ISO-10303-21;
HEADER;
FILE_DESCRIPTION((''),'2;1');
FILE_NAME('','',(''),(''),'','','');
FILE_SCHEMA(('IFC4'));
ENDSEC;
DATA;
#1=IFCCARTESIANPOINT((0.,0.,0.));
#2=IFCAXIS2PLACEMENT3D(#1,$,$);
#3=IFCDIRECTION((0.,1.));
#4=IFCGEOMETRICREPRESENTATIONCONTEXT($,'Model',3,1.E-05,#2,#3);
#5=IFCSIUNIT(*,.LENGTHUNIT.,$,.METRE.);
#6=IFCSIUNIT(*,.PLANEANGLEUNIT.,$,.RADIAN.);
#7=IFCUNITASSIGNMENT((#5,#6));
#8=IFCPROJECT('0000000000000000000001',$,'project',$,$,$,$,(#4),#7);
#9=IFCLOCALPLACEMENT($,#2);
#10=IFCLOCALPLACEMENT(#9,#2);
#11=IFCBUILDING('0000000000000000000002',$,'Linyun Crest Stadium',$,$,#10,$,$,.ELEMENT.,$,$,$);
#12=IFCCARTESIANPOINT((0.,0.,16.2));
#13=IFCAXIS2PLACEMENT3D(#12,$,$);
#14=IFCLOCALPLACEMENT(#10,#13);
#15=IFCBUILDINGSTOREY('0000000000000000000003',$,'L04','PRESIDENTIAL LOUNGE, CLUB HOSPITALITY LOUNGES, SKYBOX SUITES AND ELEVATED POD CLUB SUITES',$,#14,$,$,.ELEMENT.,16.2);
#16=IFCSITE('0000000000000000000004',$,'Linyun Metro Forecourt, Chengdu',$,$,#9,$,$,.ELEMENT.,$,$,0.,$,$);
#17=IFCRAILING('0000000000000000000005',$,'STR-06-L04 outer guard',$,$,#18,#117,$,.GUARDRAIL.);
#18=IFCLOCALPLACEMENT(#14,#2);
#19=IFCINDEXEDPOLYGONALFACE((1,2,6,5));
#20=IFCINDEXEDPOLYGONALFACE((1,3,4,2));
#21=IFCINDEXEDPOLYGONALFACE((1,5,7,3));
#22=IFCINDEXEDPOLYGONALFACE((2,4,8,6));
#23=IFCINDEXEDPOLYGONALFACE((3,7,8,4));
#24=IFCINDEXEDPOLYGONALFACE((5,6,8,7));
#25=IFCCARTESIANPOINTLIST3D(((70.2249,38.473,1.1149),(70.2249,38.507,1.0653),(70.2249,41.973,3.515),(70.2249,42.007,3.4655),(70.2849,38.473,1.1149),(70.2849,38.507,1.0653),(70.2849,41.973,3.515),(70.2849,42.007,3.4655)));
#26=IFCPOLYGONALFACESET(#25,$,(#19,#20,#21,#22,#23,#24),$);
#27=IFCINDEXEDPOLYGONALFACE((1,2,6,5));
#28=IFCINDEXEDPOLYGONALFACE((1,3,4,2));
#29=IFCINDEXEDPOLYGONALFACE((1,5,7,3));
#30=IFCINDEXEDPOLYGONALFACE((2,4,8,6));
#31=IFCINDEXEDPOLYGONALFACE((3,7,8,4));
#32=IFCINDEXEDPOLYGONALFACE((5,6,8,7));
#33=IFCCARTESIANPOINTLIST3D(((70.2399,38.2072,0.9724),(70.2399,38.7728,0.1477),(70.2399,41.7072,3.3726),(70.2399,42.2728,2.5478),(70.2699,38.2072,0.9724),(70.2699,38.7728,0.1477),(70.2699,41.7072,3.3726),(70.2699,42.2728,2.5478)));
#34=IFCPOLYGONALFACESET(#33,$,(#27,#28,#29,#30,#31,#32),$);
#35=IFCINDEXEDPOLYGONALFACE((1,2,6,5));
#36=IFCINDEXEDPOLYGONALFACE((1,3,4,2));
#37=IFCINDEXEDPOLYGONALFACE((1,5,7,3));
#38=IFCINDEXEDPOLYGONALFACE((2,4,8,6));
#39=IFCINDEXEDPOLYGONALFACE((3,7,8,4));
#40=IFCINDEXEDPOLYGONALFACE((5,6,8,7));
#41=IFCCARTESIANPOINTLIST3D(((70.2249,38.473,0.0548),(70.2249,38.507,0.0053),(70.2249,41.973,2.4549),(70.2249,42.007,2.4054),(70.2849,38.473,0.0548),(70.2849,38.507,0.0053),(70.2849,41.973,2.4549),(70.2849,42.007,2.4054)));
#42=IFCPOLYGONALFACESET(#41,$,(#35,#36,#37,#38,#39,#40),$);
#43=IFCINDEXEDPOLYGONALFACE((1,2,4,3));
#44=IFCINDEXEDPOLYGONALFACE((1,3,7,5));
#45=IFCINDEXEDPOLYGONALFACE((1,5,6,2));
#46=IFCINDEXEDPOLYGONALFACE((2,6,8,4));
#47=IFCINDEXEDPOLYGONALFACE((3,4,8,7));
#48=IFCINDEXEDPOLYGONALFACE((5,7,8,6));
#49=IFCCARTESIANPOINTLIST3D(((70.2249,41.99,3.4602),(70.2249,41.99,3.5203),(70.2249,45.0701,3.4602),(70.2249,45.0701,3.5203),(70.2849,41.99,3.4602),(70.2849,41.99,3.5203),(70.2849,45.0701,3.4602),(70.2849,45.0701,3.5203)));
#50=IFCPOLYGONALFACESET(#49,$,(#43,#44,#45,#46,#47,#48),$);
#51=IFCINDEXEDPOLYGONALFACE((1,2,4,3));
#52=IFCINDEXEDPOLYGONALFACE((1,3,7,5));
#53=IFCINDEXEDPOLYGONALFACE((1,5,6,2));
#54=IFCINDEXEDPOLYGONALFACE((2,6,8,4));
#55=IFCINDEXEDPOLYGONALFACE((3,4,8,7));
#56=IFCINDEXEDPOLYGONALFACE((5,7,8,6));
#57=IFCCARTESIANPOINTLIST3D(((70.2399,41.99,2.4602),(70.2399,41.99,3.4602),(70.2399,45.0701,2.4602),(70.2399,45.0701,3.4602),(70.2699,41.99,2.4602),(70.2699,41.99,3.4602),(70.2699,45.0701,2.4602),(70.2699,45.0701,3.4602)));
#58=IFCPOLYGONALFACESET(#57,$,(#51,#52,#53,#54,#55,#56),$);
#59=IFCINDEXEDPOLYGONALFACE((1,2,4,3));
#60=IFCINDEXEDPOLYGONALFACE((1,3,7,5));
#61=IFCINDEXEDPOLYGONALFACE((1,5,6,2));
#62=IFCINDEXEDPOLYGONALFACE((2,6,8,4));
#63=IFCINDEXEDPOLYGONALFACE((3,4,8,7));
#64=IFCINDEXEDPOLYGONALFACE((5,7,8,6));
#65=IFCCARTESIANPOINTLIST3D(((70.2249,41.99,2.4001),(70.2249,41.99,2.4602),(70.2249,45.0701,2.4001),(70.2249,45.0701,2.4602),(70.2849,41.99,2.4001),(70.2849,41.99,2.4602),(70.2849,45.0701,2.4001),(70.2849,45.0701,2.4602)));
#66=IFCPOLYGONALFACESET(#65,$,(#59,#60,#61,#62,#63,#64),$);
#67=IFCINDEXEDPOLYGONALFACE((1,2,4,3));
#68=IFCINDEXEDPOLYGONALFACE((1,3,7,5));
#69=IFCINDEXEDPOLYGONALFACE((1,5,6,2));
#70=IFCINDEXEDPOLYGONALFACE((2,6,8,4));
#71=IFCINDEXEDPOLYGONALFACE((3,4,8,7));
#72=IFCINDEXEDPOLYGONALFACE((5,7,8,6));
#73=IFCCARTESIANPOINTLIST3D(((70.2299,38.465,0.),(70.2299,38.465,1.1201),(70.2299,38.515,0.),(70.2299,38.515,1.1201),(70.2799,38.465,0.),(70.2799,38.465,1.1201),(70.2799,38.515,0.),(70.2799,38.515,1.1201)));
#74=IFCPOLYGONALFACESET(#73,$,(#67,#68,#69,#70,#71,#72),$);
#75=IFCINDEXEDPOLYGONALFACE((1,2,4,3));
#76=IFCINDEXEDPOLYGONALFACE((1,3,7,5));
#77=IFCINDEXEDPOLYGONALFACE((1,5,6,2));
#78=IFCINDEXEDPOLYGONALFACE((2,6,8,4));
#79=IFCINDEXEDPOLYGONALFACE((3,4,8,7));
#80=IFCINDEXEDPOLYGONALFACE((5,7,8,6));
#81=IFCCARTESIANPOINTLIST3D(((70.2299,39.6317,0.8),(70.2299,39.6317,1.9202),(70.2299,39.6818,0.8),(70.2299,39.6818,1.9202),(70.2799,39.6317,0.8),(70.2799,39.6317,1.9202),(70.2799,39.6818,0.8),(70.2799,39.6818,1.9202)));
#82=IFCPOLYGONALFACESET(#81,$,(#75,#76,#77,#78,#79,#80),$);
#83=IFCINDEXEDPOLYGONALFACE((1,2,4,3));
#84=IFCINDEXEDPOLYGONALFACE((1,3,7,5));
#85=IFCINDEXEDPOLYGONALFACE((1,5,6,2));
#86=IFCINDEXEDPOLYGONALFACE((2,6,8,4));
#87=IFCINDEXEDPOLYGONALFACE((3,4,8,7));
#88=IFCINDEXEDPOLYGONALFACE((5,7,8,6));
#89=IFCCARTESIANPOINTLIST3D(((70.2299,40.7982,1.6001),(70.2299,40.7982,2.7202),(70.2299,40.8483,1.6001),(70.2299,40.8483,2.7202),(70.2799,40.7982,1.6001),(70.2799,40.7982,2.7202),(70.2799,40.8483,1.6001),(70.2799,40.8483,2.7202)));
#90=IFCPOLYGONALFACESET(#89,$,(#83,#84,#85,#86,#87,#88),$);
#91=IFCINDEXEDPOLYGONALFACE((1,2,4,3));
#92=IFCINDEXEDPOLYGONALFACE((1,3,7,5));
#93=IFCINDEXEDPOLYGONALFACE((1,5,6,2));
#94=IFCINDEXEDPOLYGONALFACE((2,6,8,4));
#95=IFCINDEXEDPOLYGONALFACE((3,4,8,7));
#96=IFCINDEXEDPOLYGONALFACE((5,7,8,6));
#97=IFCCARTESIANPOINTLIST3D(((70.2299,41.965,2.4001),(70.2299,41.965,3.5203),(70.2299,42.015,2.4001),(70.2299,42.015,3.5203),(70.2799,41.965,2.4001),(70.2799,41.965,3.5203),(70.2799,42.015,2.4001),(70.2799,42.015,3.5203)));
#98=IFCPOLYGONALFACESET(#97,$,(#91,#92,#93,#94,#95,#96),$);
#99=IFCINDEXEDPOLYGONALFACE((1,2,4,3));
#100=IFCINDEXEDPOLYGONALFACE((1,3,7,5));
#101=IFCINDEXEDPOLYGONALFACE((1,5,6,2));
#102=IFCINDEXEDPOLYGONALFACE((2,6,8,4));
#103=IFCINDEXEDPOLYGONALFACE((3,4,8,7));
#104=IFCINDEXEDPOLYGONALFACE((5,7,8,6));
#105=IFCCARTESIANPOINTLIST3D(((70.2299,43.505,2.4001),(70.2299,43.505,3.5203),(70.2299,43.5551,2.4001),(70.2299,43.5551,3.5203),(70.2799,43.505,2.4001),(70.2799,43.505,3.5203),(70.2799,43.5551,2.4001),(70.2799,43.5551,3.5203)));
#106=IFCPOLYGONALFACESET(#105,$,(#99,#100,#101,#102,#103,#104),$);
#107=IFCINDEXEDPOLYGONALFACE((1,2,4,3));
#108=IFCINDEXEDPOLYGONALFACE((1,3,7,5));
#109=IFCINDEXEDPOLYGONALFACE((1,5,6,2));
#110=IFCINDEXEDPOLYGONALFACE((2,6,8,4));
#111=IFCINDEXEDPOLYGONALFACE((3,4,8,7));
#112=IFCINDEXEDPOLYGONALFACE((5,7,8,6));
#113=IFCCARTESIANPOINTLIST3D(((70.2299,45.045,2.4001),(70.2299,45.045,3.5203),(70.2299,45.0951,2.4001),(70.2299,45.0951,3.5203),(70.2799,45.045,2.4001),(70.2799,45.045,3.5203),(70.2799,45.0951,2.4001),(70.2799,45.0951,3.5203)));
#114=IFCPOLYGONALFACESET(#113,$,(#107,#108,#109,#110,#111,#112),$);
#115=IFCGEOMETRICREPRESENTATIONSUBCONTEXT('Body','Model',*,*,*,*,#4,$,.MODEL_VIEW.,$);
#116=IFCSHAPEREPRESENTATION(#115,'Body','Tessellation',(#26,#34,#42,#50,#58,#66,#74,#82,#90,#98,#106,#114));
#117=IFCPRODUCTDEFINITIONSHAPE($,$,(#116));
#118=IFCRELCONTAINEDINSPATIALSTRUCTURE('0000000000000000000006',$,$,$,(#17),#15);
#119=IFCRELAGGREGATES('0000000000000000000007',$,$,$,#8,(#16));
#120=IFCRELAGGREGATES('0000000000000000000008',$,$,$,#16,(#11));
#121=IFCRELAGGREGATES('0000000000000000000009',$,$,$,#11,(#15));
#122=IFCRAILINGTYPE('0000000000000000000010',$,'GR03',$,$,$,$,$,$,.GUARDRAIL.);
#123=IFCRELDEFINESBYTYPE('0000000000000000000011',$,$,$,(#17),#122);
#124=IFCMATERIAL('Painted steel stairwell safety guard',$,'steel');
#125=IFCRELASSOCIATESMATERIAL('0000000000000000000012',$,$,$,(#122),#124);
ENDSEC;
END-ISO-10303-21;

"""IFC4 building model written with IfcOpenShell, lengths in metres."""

from ifc_helpers import new_model, si_unit, direction, frame, origin, origin_2d, place, context, subcontext, project, spatial, rectangle, extrude, material, type_object, element, save


model = new_model("IFC4")

# Units and contexts
model_context = context("Model", 3, precision=1e-05, world=origin(), true_north=direction((0.0, 1.0)))
body_context = subcontext(model_context, "Body", "Model", "MODEL_VIEW")
ifc_project = project(units=[si_unit("LENGTHUNIT", "METRE"), si_unit("PLANEANGLEUNIT", "RADIAN")], contexts=[model_context])

# Site, building, storey
site_placement = place(None, origin())
site = spatial("IfcSite", under=ifc_project, at=site_placement, Name="Linyun Metro Forecourt, Chengdu", CompositionType="ELEMENT", RefElevation=0.0)
building_placement = place(site_placement, origin())
building = spatial("IfcBuilding", under=site, at=building_placement, Name="Linyun Crest Stadium", CompositionType="ELEMENT")
storey_placement = place(building_placement, frame((0.0, 0.0, 16.2)))
storey = spatial("IfcBuildingStorey", under=building, at=storey_placement, Name="L04", Description="PRESIDENTIAL LOUNGE, CLUB HOSPITALITY LOUNGES, SKYBOX SUITES AND ELEVATED POD CLUB SUITES", CompositionType="ELEMENT", Elevation=16.2)

# Railing
ifc_material_1 = material(Name="Painted steel stairwell safety guard", Category="steel")
railing_type_1 = type_object("IfcRailingType", Name="GR03", PredefinedType="GUARDRAIL", material=ifc_material_1)
railing_1_placement = place(storey_placement, frame((70.2549, 38.49, 0.0)))
element("IfcRailing", 1, at=railing_1_placement, inside=storey, type_object=railing_type_1, Name="STR-06-L04 outer guard", PredefinedType="GUARDRAIL", context=body_context, shape_type="SweptSolid", body=[
    extrude(rectangle(XDim=0.0601, YDim=0.0601, at=origin_2d()), frame((0.0, 0.0, 1.0901), z_axis=(0.0, 0.824713, 0.565552), x_axis=(-1.0, 0.0, 0.0)), (0.0, 0.0, 1.0), 4.2439),
    extrude(rectangle(XDim=0.03, YDim=1.0, at=origin_2d()), frame((0.0, 0.0, 0.5601), z_axis=(0.0, 0.824713, 0.565552), x_axis=(-1.0, 0.0, 0.0)), (0.0, 0.0, 1.0), 4.2439),
    extrude(rectangle(XDim=0.0601, YDim=0.0601, at=origin_2d()), frame((0.0, 0.0, 0.03), z_axis=(0.0, 0.824713, 0.565552), x_axis=(-1.0, 0.0, 0.0)), (0.0, 0.0, 1.0), 4.2439),
    extrude(rectangle(XDim=0.0601, YDim=0.0601, at=origin_2d()), frame((0.0, 3.5, 3.4902), z_axis=(0.0, 1.0, 0.0), x_axis=(-1.0, 0.0, 0.0)), (0.0, 0.0, 1.0), 3.0801),
    extrude(rectangle(XDim=0.03, YDim=1.0, at=origin_2d()), frame((0.0, 3.5, 2.9602), z_axis=(0.0, 1.0, 0.0), x_axis=(-1.0, 0.0, 0.0)), (0.0, 0.0, 1.0), 3.0801),
    extrude(rectangle(XDim=0.0601, YDim=0.0601, at=origin_2d()), frame((0.0, 3.5, 2.4302), z_axis=(0.0, 1.0, 0.0), x_axis=(-1.0, 0.0, 0.0)), (0.0, 0.0, 1.0), 3.0801),
    extrude(rectangle(XDim=0.05, YDim=0.05, at=origin_2d()), origin(), (0.0, 0.0, 1.0), 1.1201),
    extrude(rectangle(XDim=0.05, YDim=0.05, at=origin_2d()), frame((0.0, 1.1667, 0.8)), (0.0, 0.0, 1.0), 1.1201),
    extrude(rectangle(XDim=0.05, YDim=0.05, at=origin_2d()), frame((0.0, 2.3333, 1.6001)), (0.0, 0.0, 1.0), 1.1201),
    extrude(rectangle(XDim=0.05, YDim=0.05, at=origin_2d()), frame((0.0, 3.5, 2.4001)), (0.0, 0.0, 1.0), 1.1201),
    extrude(rectangle(XDim=0.05, YDim=0.05, at=origin_2d()), frame((0.0, 5.04, 2.4001)), (0.0, 0.0, 1.0), 1.1201),
    extrude(rectangle(XDim=0.05, YDim=0.05, at=origin_2d()), frame((0.0, 6.5801, 2.4001)), (0.0, 0.0, 1.0), 1.1201),
])

save(model, "model.ifc")
